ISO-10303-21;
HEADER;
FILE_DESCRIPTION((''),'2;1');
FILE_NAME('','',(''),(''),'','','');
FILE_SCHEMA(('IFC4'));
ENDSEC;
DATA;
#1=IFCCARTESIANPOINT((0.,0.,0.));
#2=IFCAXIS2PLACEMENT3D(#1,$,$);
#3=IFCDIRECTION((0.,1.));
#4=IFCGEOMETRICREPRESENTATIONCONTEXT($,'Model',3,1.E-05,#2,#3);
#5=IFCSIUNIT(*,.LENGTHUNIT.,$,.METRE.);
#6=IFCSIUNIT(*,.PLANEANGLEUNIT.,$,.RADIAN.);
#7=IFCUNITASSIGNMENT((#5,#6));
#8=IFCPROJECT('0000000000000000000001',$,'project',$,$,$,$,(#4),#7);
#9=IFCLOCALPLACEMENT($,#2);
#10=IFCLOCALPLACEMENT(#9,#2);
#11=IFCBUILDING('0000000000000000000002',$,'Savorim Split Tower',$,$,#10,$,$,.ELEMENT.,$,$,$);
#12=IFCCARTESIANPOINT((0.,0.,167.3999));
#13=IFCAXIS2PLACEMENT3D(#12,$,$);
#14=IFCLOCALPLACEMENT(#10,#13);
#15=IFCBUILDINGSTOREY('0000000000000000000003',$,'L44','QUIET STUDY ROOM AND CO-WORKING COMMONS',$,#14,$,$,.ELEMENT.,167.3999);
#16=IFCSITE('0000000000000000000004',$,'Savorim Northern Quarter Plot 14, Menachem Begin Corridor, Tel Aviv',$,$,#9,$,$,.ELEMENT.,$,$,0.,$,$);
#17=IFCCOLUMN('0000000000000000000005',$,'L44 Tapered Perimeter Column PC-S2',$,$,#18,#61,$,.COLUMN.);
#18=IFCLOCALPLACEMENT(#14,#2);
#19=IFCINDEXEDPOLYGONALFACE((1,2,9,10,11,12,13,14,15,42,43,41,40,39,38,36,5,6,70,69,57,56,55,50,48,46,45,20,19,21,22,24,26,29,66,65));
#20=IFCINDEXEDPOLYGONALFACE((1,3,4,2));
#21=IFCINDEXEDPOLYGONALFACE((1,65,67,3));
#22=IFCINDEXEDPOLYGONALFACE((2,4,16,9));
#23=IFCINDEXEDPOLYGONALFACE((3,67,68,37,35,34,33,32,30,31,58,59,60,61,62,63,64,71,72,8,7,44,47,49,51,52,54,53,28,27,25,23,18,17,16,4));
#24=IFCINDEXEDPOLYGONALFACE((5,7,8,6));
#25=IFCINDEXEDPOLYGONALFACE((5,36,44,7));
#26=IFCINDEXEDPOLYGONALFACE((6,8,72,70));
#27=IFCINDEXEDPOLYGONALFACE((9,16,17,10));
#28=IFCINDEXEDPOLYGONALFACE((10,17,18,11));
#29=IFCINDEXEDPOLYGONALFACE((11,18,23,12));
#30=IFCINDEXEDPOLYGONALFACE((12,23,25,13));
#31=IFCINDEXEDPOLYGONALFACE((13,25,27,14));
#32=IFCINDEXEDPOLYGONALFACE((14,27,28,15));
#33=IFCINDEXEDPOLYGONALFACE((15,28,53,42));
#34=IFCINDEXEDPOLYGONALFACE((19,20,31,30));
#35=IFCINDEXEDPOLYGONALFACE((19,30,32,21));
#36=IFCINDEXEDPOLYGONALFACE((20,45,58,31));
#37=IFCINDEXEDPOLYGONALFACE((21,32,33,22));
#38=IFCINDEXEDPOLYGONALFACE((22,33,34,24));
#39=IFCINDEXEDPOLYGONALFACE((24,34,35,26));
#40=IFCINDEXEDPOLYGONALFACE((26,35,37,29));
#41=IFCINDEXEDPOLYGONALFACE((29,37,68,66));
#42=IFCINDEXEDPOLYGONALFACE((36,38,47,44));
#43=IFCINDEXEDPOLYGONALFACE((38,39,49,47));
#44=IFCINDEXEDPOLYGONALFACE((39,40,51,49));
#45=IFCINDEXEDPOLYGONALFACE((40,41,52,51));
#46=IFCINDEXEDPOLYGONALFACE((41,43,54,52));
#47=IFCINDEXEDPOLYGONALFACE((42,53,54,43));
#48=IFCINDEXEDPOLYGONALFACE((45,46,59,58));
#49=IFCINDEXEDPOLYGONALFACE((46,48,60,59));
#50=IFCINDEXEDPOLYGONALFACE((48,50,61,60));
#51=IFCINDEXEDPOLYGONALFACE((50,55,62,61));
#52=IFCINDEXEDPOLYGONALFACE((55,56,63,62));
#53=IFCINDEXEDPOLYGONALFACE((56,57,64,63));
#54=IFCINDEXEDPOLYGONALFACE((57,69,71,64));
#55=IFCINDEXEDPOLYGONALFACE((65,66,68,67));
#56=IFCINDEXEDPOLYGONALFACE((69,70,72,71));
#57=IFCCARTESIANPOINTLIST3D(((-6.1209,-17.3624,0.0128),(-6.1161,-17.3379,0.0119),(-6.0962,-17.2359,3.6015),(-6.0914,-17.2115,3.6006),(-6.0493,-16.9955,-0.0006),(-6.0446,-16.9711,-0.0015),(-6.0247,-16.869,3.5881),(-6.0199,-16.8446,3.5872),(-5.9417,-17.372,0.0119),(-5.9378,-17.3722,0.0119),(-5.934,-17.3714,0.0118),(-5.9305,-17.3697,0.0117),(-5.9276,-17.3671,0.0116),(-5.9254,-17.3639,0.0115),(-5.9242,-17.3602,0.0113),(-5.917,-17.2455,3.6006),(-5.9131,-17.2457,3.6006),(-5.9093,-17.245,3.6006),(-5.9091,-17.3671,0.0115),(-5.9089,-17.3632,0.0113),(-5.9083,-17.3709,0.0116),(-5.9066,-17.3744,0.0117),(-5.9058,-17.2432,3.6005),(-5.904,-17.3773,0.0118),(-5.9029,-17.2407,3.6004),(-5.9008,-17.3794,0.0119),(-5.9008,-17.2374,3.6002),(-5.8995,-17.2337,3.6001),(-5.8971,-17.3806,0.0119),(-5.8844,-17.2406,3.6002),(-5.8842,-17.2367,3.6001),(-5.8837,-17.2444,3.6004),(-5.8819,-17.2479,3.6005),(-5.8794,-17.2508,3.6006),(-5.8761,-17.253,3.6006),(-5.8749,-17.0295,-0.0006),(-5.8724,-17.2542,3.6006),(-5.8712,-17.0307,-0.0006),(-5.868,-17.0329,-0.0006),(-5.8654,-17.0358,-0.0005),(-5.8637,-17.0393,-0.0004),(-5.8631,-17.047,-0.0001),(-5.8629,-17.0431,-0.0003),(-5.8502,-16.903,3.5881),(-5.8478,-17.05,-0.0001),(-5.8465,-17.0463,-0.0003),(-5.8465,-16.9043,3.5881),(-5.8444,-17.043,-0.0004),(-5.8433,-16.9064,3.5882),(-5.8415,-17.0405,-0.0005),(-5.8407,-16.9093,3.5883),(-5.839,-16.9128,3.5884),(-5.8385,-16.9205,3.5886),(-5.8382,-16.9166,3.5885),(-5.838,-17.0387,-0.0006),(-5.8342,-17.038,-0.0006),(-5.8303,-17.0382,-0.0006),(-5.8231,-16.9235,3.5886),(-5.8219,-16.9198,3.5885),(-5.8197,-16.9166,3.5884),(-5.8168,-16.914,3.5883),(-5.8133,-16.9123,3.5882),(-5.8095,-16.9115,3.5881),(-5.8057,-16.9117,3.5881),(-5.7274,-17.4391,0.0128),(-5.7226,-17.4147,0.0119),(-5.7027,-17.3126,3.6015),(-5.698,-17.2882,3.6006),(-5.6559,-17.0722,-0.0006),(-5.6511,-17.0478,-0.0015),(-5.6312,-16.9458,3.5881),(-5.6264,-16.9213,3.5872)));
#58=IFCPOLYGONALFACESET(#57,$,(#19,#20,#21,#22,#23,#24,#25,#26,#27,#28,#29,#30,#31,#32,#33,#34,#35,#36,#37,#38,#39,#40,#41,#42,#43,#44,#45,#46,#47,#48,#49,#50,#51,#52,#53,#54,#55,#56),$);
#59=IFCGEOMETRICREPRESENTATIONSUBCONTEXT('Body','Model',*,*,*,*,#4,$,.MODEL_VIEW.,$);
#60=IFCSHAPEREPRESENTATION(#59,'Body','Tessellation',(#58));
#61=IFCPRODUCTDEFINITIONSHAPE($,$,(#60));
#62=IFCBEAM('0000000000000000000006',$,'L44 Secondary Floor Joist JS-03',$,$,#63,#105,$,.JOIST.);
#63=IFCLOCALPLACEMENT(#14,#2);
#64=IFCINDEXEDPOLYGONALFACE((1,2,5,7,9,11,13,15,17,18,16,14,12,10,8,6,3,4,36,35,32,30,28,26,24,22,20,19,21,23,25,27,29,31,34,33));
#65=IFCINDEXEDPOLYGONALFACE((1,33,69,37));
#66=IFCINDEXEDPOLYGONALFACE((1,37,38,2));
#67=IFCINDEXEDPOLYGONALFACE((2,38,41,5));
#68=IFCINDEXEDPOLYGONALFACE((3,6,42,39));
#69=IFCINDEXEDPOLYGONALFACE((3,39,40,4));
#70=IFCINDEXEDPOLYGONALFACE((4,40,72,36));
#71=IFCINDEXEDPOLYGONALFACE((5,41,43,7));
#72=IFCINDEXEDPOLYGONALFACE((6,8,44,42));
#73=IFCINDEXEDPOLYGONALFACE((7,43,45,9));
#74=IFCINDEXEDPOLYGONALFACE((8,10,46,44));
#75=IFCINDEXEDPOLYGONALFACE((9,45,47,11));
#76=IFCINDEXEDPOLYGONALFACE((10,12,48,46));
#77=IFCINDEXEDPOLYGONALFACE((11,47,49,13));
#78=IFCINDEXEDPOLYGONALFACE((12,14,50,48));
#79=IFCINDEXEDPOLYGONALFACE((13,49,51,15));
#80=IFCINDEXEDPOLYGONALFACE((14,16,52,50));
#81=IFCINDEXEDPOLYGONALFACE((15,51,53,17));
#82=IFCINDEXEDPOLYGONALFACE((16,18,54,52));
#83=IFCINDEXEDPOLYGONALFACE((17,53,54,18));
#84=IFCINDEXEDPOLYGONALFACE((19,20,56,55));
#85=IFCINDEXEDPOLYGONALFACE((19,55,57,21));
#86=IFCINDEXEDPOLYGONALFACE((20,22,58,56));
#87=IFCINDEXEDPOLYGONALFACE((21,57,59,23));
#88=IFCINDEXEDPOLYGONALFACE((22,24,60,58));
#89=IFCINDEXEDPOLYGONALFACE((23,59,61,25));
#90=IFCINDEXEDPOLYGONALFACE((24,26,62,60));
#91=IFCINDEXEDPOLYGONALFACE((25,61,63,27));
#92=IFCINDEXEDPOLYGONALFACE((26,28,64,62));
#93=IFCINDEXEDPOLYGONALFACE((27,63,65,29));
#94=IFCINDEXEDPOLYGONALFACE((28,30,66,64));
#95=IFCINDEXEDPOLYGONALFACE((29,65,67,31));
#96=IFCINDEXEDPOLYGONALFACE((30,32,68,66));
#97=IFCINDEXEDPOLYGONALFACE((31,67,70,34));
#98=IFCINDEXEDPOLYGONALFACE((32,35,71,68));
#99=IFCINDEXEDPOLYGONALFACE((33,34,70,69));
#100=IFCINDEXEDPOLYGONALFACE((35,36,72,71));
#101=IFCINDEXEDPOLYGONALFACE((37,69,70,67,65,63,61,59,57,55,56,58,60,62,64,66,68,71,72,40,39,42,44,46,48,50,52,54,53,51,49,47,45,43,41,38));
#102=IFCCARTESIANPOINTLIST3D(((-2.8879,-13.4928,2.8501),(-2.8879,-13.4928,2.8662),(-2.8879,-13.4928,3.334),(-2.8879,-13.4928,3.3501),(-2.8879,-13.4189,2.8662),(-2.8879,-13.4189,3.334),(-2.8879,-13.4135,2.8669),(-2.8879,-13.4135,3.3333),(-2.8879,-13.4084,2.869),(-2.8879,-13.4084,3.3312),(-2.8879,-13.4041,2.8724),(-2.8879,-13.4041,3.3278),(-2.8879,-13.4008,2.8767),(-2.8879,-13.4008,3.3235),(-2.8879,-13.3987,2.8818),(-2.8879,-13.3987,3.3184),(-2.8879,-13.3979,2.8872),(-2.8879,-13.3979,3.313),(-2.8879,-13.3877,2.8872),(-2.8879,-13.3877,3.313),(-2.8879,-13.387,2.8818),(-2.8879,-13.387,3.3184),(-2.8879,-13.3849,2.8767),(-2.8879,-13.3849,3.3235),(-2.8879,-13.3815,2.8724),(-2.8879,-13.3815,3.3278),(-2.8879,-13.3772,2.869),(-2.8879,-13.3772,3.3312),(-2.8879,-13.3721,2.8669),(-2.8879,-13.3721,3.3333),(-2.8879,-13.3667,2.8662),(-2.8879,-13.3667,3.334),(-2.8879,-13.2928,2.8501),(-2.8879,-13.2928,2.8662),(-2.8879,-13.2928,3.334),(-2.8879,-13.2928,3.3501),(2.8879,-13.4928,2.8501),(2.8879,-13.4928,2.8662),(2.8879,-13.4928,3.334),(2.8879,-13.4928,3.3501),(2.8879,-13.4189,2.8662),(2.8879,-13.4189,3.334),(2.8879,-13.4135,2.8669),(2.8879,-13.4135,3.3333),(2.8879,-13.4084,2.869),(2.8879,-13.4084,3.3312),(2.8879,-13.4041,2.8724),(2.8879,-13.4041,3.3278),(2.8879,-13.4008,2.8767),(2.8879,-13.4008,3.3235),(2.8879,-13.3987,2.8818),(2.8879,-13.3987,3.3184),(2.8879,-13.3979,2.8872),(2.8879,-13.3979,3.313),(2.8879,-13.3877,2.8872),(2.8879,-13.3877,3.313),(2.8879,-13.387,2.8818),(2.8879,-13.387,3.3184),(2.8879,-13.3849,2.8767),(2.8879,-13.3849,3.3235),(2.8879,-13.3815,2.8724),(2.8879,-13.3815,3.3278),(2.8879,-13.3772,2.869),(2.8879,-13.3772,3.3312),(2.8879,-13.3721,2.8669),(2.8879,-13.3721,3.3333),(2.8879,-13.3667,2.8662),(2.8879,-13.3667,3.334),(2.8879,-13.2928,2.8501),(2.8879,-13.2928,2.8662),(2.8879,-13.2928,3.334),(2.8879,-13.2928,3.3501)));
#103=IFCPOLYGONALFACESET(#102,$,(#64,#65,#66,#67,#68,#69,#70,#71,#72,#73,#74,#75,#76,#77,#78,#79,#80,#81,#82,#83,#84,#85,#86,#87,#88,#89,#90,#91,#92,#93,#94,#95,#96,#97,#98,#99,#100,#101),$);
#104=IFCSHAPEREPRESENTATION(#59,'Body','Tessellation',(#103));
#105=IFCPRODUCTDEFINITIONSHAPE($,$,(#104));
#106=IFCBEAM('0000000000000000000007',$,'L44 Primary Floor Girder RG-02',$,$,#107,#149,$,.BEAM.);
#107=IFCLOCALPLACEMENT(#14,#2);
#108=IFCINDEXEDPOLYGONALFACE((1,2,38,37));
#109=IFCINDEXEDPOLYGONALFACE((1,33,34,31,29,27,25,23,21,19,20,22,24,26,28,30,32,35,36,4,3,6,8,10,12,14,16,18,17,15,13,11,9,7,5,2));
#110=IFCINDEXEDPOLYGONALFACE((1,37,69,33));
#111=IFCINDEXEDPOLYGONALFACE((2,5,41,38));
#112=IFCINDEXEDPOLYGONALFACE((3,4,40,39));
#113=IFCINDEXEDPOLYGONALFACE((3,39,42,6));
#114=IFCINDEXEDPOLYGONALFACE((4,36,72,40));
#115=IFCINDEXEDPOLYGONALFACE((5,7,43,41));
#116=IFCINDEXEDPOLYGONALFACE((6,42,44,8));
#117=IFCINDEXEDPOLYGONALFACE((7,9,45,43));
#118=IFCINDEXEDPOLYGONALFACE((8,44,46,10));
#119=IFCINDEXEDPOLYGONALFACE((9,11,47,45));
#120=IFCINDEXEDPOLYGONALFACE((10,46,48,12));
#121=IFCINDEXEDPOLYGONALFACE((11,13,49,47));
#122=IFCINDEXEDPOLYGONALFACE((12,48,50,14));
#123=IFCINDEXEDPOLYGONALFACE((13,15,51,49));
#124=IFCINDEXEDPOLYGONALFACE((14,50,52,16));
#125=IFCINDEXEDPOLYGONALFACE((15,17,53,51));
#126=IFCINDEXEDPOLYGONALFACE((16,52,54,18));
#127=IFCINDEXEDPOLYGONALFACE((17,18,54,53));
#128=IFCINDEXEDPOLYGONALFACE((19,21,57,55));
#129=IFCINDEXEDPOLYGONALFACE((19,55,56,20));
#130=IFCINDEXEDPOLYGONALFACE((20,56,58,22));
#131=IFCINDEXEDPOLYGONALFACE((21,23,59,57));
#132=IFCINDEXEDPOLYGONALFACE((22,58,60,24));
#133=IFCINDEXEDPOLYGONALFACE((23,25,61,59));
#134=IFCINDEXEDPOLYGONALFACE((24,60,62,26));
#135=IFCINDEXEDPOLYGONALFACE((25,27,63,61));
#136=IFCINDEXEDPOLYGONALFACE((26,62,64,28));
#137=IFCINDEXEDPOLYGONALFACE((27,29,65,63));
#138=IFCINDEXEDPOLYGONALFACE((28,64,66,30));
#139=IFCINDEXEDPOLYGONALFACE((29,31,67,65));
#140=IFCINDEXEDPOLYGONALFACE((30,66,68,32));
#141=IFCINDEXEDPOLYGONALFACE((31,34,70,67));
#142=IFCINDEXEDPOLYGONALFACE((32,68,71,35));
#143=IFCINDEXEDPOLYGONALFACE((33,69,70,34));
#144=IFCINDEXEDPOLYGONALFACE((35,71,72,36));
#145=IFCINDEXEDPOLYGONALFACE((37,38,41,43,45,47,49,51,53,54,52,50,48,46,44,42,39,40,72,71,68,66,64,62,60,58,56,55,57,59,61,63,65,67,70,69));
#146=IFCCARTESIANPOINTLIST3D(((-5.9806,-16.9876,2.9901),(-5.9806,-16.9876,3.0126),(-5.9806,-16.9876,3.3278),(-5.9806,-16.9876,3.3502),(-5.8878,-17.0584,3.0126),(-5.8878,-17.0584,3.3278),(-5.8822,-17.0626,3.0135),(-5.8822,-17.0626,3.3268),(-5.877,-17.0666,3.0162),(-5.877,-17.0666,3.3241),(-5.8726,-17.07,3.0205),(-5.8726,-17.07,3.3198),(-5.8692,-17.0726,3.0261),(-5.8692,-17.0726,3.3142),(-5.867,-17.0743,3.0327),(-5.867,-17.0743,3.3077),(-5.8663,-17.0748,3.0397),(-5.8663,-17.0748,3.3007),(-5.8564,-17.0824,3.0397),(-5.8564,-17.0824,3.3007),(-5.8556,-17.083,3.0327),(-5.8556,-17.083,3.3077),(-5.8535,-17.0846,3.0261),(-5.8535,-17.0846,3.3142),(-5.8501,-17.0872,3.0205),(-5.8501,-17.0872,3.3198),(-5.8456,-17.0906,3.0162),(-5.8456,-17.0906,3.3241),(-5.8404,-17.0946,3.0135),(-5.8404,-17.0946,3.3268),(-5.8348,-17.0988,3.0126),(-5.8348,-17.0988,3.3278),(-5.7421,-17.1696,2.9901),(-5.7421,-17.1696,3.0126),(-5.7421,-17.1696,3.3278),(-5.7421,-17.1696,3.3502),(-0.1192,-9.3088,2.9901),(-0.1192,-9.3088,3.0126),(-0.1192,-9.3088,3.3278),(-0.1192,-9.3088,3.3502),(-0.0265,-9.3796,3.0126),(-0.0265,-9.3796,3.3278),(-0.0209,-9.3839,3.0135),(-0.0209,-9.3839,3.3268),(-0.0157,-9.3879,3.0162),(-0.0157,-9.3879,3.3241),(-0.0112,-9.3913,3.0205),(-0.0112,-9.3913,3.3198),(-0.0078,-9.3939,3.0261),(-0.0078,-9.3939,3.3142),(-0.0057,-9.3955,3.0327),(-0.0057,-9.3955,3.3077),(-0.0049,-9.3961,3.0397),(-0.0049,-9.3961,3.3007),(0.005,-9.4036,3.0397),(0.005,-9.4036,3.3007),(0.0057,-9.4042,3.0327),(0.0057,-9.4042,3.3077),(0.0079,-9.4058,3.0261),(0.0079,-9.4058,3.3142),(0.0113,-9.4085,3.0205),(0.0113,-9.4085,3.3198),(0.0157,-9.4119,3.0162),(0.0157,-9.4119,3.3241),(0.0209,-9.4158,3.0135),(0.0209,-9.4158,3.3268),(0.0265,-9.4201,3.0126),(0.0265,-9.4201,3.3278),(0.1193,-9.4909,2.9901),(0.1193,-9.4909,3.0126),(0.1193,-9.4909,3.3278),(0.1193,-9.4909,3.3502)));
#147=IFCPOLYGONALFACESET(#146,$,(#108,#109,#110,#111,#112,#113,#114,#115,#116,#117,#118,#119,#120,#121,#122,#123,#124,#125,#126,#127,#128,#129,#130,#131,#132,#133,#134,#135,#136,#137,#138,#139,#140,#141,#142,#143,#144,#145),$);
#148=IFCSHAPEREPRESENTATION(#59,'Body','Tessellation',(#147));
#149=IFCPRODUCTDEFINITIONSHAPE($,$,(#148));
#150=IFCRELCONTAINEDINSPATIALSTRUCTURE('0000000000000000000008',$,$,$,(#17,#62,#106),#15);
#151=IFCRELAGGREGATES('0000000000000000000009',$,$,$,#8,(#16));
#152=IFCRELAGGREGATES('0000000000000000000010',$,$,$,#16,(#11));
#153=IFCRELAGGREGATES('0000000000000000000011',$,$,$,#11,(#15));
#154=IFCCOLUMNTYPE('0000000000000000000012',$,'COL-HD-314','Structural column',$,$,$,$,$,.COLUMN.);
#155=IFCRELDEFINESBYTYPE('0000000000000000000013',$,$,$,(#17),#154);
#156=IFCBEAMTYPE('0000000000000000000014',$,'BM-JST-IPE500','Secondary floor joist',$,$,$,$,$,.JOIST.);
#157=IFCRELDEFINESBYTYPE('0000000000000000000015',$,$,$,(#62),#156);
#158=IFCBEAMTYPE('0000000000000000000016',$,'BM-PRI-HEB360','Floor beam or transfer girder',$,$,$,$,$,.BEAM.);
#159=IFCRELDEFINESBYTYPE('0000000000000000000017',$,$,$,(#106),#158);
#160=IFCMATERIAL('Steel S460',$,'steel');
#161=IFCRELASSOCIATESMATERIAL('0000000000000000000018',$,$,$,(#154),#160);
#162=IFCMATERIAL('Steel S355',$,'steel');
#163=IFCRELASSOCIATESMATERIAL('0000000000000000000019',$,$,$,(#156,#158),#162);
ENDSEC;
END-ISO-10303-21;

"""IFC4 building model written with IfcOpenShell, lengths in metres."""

from ifc_helpers import new_model, si_unit, direction, frame, origin, origin_2d, place, context, subcontext, project, spatial, i_section, extrude, material, material_profile, profile_set, type_object, element, save


model = new_model("IFC4")

# Units and contexts
model_context = context("Model", 3, precision=1e-05, world=origin(), true_north=direction((0.0, 1.0)))
body_context = subcontext(model_context, "Body", "Model", "MODEL_VIEW")
ifc_project = project(units=[si_unit("LENGTHUNIT", "METRE"), si_unit("PLANEANGLEUNIT", "RADIAN")], contexts=[model_context])

# Site, building, storey
site_placement = place(None, origin())
site = spatial("IfcSite", under=ifc_project, at=site_placement, Name="Savorim Northern Quarter Plot 14, Menachem Begin Corridor, Tel Aviv", CompositionType="ELEMENT", RefElevation=0.0)
building_placement = place(site_placement, origin())
building = spatial("IfcBuilding", under=site, at=building_placement, Name="Savorim Split Tower", CompositionType="ELEMENT")
storey_placement = place(building_placement, frame((0.0, 0.0, 167.3999)))
storey = spatial("IfcBuildingStorey", under=building, at=storey_placement, Name="L44", Description="QUIET STUDY ROOM AND CO-WORKING COMMONS", CompositionType="ELEMENT", Elevation=167.3999)

# Column
ifc_material_1 = material(Name="Steel S460", Category="steel")
ifc_material_profile_1 = material_profile(ifc_material_1, i_section(OverallWidth=0.4009, OverallDepth=0.3989, WebThickness=0.0156, FlangeThickness=0.0249, FilletRadius=0.0149, at=origin_2d()), Name="HD 400x314")
ifc_profile_set_1 = profile_set([ifc_material_profile_1], Name="Steel S460")
column_type = type_object("IfcColumnType", Name="COL-HD-314", Description="Structural column", PredefinedType="COLUMN", material=ifc_profile_set_1)
column_placement = place(storey_placement, frame((-5.886, -17.2051, 0.0056), z_axis=(0.006866, 0.035215, 0.999356), x_axis=(-0.981517, 0.191377, 0.0)))
element("IfcColumn", 1, at=column_placement, inside=storey, type_object=column_type, Name="L44 Tapered Perimeter Column PC-S2", PredefinedType="COLUMN", context=body_context, shape_type="SweptSolid", body=[
    extrude(i_section(OverallWidth=0.4009, OverallDepth=0.3989, WebThickness=0.0156, FlangeThickness=0.0249, FilletRadius=0.0149, at=origin_2d()), origin(), (0.0, 0.0, 1.0), 3.5911),
])

# Beams
ifc_material_2 = material(Name="Steel S355", Category="steel")
ifc_material_profile_2 = material_profile(ifc_material_2, i_section(OverallWidth=0.2, OverallDepth=0.5, WebThickness=0.0103, FlangeThickness=0.0161, FilletRadius=0.021, at=origin_2d()), Name="IPE 500")
ifc_profile_set_2 = profile_set([ifc_material_profile_2], Name="Steel S355")
beam_type_1 = type_object("IfcBeamType", Name="BM-JST-IPE500", Description="Secondary floor joist", PredefinedType="JOIST", material=ifc_profile_set_2)
beam_1_placement = place(storey_placement, frame((-2.8879, -13.3928, 3.1001), z_axis=(1.0, 0.0, 0.0), x_axis=(0.0, 1.0, 0.0)))
element("IfcBeam", 2, at=beam_1_placement, inside=storey, type_object=beam_type_1, Name="L44 Secondary Floor Joist JS-03", PredefinedType="JOIST", context=body_context, shape_type="SweptSolid", body=[
    extrude(i_section(OverallWidth=0.2, OverallDepth=0.5, WebThickness=0.0103, FlangeThickness=0.0161, FilletRadius=0.021, at=origin_2d()), origin(), (0.0, 0.0, 1.0), 5.7759),
])
ifc_material_profile_3 = material_profile(ifc_material_2, i_section(OverallWidth=0.3, OverallDepth=0.3601, WebThickness=0.0125, FlangeThickness=0.0225, FilletRadius=0.0271, at=origin_2d()), Name="HEB 360")
ifc_profile_set_3 = profile_set([ifc_material_profile_3], Name="Steel S355")
beam_type_2 = type_object("IfcBeamType", Name="BM-PRI-HEB360", Description="Floor beam or transfer girder", PredefinedType="BEAM", material=ifc_profile_set_3)
beam_2_placement = place(storey_placement, frame((-5.8613, -17.0786, 3.1702), z_axis=(0.606756, 0.794888, 0.0), x_axis=(-0.794888, 0.606756, 0.0)))
element("IfcBeam", 3, at=beam_2_placement, inside=storey, type_object=beam_type_2, Name="L44 Primary Floor Girder RG-02", PredefinedType="BEAM", context=body_context, shape_type="SweptSolid", body=[
    extrude(i_section(OverallWidth=0.3, OverallDepth=0.3601, WebThickness=0.0125, FlangeThickness=0.0225, FilletRadius=0.0271, at=origin_2d()), origin(), (0.0, 0.0, 1.0), 9.6602),
])

save(model, "model.ifc")
